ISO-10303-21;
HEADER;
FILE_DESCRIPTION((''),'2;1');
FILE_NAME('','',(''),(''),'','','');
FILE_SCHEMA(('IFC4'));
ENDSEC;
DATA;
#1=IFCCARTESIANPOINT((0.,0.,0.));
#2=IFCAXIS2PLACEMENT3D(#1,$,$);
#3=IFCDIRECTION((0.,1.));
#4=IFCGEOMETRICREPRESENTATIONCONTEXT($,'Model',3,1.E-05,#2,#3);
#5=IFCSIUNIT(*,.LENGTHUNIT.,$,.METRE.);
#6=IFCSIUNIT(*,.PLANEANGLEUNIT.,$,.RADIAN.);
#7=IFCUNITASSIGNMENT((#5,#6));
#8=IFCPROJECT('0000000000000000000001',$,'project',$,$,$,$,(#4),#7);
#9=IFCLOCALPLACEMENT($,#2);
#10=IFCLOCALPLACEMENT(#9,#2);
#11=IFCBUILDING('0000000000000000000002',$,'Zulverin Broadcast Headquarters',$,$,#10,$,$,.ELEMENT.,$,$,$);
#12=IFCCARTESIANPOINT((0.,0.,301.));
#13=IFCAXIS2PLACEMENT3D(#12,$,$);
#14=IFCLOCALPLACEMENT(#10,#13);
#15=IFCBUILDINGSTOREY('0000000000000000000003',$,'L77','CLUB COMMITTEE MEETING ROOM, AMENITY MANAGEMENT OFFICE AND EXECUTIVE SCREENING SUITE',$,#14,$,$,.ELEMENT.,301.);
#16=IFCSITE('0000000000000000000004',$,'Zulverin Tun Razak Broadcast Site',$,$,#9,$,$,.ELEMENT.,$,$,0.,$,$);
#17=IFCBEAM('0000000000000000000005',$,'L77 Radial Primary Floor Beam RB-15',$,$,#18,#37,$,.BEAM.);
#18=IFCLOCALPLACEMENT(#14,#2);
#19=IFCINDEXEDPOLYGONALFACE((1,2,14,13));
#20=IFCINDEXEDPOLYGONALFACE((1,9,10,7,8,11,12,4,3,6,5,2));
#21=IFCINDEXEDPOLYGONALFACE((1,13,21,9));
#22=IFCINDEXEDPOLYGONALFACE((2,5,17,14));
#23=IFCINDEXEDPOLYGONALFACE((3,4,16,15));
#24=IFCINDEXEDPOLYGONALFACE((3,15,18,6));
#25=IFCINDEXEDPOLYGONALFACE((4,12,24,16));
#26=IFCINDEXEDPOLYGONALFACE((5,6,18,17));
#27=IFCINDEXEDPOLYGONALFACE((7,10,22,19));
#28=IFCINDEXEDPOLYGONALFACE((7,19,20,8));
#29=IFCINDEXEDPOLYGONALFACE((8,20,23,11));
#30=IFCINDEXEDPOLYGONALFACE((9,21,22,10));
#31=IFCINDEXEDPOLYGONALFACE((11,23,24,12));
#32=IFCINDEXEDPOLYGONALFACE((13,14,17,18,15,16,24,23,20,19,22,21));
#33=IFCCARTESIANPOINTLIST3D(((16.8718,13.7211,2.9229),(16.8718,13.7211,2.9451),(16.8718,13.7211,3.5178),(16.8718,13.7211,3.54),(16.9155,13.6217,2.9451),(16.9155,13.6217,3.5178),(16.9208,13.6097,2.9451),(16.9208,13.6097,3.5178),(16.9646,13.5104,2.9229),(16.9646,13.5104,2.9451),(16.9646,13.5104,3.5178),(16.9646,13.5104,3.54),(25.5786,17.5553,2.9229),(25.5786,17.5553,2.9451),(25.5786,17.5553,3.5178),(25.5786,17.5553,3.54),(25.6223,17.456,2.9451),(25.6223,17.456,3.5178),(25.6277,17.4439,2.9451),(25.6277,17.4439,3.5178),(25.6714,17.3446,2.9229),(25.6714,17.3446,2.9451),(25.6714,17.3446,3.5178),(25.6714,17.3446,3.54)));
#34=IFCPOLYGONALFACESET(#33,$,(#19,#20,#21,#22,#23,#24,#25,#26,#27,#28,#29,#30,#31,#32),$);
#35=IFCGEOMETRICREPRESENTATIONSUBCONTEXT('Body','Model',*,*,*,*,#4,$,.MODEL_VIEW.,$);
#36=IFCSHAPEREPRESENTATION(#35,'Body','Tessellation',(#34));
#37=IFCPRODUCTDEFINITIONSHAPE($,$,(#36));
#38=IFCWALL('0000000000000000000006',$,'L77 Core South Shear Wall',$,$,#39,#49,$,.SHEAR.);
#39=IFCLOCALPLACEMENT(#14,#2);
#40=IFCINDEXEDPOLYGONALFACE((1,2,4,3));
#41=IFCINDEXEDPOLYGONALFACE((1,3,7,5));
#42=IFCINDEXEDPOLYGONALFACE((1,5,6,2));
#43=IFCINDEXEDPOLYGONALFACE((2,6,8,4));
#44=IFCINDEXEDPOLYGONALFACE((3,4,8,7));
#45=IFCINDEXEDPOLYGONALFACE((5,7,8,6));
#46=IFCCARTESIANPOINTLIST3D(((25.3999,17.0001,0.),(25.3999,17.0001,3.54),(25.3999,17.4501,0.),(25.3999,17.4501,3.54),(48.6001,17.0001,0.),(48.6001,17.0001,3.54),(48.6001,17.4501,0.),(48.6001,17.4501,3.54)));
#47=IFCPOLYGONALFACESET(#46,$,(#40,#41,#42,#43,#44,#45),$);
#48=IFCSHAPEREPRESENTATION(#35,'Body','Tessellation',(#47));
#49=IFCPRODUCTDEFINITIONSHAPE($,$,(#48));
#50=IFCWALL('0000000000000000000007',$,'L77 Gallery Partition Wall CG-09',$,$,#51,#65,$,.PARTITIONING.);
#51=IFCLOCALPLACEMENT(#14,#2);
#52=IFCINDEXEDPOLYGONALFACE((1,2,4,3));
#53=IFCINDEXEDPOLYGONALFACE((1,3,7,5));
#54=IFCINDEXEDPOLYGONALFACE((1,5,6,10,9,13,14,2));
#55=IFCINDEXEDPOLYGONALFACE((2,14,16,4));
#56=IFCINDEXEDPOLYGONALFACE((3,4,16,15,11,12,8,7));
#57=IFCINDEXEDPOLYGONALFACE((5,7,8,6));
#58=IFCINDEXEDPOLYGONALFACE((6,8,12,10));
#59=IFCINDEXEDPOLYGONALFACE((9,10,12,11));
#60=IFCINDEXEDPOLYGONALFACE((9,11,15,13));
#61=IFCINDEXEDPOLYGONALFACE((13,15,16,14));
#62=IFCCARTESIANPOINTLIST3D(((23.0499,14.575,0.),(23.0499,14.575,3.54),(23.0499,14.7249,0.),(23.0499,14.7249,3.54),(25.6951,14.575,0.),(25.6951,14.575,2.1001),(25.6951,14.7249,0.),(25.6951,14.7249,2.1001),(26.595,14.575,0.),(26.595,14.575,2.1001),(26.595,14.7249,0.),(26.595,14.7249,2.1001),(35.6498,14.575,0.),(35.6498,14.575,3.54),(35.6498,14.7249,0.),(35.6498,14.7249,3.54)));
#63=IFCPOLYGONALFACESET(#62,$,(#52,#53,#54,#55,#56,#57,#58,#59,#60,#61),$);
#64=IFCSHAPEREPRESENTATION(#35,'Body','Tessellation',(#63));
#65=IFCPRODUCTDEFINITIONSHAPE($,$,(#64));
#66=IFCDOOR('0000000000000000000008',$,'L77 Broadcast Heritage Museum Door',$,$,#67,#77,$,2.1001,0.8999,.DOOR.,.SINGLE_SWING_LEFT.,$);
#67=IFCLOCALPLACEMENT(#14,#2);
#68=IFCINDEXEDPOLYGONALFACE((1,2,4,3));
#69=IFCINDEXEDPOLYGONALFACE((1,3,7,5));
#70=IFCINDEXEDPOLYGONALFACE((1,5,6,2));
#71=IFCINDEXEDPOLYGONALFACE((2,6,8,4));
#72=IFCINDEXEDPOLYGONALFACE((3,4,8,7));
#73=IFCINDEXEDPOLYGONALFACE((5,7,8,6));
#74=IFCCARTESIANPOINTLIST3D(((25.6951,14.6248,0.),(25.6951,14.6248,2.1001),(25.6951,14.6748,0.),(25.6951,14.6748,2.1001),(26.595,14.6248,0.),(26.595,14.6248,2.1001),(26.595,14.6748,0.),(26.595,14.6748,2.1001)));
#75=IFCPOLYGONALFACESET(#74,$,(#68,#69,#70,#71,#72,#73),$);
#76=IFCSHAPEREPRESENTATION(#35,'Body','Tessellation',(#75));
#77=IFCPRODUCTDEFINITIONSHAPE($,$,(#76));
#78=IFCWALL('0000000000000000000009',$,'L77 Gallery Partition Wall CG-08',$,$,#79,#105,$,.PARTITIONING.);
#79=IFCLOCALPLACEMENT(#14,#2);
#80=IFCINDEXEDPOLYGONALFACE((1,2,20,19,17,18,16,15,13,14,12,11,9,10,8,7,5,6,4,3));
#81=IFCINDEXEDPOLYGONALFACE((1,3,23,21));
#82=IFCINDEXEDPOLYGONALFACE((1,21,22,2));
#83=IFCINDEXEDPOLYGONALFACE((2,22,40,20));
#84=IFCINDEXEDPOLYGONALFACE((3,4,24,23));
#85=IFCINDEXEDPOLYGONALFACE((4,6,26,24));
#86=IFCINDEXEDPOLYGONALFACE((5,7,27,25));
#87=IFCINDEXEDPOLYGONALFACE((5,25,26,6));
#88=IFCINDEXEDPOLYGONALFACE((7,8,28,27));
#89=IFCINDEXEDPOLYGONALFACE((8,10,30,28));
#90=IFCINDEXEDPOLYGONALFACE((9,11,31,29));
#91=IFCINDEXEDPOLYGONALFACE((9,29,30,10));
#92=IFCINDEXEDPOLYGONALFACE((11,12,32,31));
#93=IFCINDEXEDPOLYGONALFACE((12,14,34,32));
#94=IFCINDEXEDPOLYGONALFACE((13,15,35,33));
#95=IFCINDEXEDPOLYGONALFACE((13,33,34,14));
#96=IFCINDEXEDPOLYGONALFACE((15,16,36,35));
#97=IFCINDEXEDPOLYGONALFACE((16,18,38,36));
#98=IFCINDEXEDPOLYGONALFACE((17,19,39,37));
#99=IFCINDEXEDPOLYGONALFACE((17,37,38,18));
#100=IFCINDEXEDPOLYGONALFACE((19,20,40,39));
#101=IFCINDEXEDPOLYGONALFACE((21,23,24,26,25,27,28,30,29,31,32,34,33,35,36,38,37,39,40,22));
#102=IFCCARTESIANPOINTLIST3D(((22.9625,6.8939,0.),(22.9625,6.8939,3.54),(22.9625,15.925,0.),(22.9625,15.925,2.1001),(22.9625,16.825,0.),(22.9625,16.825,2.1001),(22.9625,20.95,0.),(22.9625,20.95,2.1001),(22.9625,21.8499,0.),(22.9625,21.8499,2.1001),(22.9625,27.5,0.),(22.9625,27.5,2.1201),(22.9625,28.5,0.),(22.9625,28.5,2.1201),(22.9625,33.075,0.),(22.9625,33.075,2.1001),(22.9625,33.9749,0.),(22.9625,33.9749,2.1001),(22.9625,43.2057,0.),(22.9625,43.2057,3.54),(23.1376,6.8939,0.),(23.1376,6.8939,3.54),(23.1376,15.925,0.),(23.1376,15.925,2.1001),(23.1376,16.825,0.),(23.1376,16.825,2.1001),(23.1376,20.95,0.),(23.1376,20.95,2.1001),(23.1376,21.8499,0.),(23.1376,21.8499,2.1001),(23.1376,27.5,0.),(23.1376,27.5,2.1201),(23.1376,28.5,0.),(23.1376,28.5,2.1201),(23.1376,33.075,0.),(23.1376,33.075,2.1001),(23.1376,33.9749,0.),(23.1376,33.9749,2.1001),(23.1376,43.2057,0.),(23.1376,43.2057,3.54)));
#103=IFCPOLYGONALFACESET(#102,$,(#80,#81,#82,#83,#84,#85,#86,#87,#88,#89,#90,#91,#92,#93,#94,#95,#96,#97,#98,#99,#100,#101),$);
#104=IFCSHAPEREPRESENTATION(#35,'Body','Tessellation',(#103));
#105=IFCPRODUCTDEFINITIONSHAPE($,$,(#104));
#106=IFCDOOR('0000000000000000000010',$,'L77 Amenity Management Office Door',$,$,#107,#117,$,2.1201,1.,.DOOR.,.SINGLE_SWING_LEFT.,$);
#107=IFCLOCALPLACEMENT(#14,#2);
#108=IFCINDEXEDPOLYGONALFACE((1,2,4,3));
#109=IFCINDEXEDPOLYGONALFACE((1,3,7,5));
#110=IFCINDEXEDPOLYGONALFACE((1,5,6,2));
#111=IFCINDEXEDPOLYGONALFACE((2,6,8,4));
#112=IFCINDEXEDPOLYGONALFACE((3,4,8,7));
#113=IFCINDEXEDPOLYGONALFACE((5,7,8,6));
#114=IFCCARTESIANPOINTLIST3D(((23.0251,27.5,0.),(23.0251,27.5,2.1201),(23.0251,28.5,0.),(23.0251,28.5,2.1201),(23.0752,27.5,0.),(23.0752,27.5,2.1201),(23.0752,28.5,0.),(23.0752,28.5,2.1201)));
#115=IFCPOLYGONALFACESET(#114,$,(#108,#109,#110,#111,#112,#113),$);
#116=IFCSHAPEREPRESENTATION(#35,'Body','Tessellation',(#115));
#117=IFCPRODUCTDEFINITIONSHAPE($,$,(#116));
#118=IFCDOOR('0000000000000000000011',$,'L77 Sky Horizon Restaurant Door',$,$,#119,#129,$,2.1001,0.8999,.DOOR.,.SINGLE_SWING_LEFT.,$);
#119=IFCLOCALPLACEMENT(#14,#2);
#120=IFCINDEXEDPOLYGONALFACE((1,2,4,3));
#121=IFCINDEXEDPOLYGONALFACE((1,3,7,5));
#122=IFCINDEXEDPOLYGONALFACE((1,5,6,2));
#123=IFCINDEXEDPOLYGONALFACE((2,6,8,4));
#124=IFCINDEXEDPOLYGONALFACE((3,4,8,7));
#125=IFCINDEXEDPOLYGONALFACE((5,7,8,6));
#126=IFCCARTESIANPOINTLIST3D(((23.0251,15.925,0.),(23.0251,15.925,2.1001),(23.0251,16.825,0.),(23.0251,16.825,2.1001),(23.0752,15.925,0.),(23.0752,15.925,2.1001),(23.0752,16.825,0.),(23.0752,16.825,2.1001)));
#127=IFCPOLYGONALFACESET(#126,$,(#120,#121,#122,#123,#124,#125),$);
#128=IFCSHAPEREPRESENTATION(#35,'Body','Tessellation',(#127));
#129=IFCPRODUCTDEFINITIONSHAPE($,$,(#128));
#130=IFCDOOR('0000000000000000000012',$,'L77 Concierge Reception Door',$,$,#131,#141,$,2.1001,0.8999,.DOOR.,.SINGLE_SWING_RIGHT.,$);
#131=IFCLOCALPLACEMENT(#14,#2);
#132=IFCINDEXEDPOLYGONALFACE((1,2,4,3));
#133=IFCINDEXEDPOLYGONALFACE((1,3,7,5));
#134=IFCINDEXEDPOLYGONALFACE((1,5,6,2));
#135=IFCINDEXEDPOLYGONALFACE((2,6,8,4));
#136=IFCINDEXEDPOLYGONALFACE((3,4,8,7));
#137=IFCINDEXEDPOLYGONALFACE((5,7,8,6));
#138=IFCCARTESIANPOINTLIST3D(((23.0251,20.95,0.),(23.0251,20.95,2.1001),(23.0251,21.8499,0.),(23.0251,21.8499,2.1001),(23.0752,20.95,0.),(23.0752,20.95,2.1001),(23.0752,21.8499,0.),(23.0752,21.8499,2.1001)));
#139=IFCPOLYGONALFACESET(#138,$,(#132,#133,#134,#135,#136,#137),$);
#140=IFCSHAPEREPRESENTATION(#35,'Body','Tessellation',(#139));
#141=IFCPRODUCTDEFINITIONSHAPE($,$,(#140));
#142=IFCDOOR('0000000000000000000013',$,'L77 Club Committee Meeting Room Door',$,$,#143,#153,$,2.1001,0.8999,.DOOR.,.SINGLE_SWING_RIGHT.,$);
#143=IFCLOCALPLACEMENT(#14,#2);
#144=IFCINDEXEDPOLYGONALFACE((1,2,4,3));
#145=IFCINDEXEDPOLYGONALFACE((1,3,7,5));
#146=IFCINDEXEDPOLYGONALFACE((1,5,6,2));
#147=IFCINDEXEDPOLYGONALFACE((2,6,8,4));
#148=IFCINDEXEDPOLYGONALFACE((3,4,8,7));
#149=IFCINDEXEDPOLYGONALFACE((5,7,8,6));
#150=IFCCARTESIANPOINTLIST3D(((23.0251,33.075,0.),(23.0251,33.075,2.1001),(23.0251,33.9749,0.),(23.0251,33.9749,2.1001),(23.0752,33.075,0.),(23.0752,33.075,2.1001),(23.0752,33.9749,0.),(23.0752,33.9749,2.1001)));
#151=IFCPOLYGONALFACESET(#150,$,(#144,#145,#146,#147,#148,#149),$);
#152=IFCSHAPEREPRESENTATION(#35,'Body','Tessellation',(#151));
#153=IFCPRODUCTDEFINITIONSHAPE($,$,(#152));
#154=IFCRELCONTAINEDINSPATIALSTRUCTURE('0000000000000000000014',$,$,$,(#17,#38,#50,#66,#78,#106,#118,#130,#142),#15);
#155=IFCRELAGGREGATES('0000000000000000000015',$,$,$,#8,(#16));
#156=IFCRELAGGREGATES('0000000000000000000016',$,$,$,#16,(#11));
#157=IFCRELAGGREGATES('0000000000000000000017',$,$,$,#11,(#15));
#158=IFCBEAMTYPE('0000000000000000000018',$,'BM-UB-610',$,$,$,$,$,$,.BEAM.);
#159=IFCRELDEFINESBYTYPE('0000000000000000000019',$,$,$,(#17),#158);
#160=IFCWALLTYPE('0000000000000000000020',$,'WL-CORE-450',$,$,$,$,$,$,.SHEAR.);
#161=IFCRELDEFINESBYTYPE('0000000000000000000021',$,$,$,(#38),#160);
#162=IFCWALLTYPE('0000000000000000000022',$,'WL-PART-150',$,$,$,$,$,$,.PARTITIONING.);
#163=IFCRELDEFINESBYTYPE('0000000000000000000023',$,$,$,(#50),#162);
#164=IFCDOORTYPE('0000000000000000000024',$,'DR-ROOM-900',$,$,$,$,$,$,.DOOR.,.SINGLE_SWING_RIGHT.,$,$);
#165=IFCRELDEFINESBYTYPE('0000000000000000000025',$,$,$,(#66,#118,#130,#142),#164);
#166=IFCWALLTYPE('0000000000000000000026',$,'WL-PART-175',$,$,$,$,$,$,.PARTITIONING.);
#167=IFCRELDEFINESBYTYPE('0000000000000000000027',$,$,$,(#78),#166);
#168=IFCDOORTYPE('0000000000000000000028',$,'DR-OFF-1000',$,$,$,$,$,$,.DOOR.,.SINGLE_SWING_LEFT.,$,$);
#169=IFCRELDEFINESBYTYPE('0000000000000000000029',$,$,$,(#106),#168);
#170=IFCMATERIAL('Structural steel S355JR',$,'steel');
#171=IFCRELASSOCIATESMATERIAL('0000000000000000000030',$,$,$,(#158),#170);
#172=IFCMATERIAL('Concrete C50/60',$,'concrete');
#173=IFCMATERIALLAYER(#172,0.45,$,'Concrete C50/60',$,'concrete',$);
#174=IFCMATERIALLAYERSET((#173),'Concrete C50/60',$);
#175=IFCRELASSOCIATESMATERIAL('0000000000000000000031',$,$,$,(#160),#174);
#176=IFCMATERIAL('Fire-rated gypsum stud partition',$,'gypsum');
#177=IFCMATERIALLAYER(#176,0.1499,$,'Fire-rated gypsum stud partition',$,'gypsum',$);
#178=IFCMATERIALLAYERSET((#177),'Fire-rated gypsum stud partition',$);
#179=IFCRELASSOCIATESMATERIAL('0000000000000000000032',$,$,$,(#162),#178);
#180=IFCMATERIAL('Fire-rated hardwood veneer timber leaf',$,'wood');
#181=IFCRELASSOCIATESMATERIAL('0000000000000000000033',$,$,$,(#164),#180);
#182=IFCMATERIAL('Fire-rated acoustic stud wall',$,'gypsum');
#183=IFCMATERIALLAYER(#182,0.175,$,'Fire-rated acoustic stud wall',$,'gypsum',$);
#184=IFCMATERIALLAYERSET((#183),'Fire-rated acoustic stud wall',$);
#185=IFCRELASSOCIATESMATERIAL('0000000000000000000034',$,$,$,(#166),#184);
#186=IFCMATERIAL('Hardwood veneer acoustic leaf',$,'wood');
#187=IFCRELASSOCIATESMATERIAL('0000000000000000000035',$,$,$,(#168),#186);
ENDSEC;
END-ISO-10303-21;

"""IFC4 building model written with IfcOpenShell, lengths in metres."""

from ifc_helpers import new_model, si_unit, direction, frame, frame_2d, origin, origin_2d, place, context, subcontext, project, spatial, rectangle, i_section, extrude, material, layer, layer_set, material_profile, profile_set, type_object, element, fill, save


model = new_model("IFC4")

# Units and contexts
model_context = context("Model", 3, precision=1e-05, world=origin(), true_north=direction((0.0, 1.0)))
body_context = subcontext(model_context, "Body", "Model", "MODEL_VIEW")
ifc_project = project(units=[si_unit("LENGTHUNIT", "METRE"), si_unit("PLANEANGLEUNIT", "RADIAN")], contexts=[model_context])

# Site, building, storey
site_placement = place(None, origin())
site = spatial("IfcSite", under=ifc_project, at=site_placement, Name="Zulverin Tun Razak Broadcast Site", CompositionType="ELEMENT", RefElevation=0.0)
building_placement = place(site_placement, origin())
building = spatial("IfcBuilding", under=site, at=building_placement, Name="Zulverin Broadcast Headquarters", CompositionType="ELEMENT")
storey_placement = place(building_placement, frame((0.0, 0.0, 301.0)))
storey = spatial("IfcBuildingStorey", under=building, at=storey_placement, Name="L77", Description="CLUB COMMITTEE MEETING ROOM, AMENITY MANAGEMENT OFFICE AND EXECUTIVE SCREENING SUITE", CompositionType="ELEMENT", Elevation=301.0)

# Shared definitions
ifc_material_1 = material(Name="Concrete C50/60", Category="concrete")

# Beam
ifc_material_2 = material(Name="Structural steel S355JR", Category="steel")
ifc_material_profile_1 = material_profile(ifc_material_2, i_section(OverallWidth=0.2302, OverallDepth=0.6172, WebThickness=0.0132, FlangeThickness=0.0222, at=origin_2d()), Name="Structural steel S355JR", Category="steel")
ifc_profile_set_1 = profile_set([ifc_material_profile_1], Name="Structural steel S355JR")
beam_type_1 = type_object("IfcBeamType", Name="BM-UB-610", PredefinedType="BEAM", material=ifc_profile_set_1)
beam_1_placement = place(storey_placement, frame((25.625, 17.45, 3.2314), z_axis=(-0.915189, -0.403024, 0.0), x_axis=(0.403024, -0.915189, 0.0)))
element("IfcBeam", 1, at=beam_1_placement, inside=storey, type_object=beam_type_1, Name="L77 Radial Primary Floor Beam RB-15", PredefinedType="BEAM", context=body_context, shape_type="SweptSolid", body=[
    extrude(i_section(OverallWidth=0.2302, OverallDepth=0.6172, WebThickness=0.0132, FlangeThickness=0.0222, at=origin_2d()), origin(), (0.0, 0.0, 1.0), 9.5137),
])

# Wall
ifc_layer_1 = layer(ifc_material_1, 0.45, Name="Concrete C50/60", Category="concrete")
ifc_layer_set_1 = layer_set([ifc_layer_1], Name="Concrete C50/60")
wall_type_1 = type_object("IfcWallType", Name="WL-CORE-450", PredefinedType="SHEAR", material=ifc_layer_set_1)
wall_1_placement = place(storey_placement, frame((25.3999, 17.2251, 0.0), z_axis=(0.0, 0.0, 1.0), x_axis=(1.0, 0.0, 0.0)))
element("IfcWall", 2, at=wall_1_placement, inside=storey, type_object=wall_type_1, Name="L77 Core South Shear Wall", PredefinedType="SHEAR", context=body_context, shape_type="SweptSolid", body=[
    extrude(rectangle(XDim=23.2002, YDim=0.45, at=frame_2d((11.6001, 0.0))), origin(), (0.0, 0.0, 1.0), 3.54),
])

# Wall, opening, door
ifc_material_3 = material(Name="Fire-rated gypsum stud partition", Category="gypsum")
ifc_layer_2 = layer(ifc_material_3, 0.1499, Name="Fire-rated gypsum stud partition", Category="gypsum")
ifc_layer_set_2 = layer_set([ifc_layer_2], Name="Fire-rated gypsum stud partition")
wall_type_2 = type_object("IfcWallType", Name="WL-PART-150", PredefinedType="PARTITIONING", material=ifc_layer_set_2)
wall_2_placement = place(storey_placement, frame((23.05, 14.6499, 0.0), z_axis=(0.0, 0.0, 1.0), x_axis=(1.0, 0.0, 0.0)))
wall_2 = element("IfcWall", 3, at=wall_2_placement, inside=storey, type_object=wall_type_2, Name="L77 Gallery Partition Wall CG-09", PredefinedType="PARTITIONING", context=body_context, shape_type="SweptSolid", body=[
    extrude(rectangle(XDim=12.5999, YDim=0.1499, at=frame_2d((6.2998, 0.0))), origin(), (0.0, 0.0, 1.0), 3.54),
])
opening_1_placement = place(wall_2_placement, frame((2.645, 0.0, 0.0)))
opening_1 = element("IfcOpeningElement", 4, at=opening_1_placement, cuts=wall_2, PredefinedType="OPENING", context=body_context, shape_type="SweptSolid", body=[
    extrude(rectangle(XDim=0.8999, YDim=2.1001, at=frame_2d((0.45, 1.05))), frame((0.0, 0.085, 0.0), z_axis=(0.0, -1.0, 0.0), x_axis=(1.0, 0.0, 0.0)), (0.0, 0.0, 1.0), 0.1699),
])
ifc_material_4 = material(Name="Fire-rated hardwood veneer timber leaf", Category="wood")
door_type_1 = type_object("IfcDoorType", Name="DR-ROOM-900", OperationType="SINGLE_SWING_RIGHT", PredefinedType="DOOR", material=ifc_material_4)
door_1_placement = place(opening_1_placement, origin())
door_1 = element("IfcDoor", 5, at=door_1_placement, inside=storey, type_object=door_type_1, Name="L77 Broadcast Heritage Museum Door", OperationType="SINGLE_SWING_LEFT", OverallHeight=2.1001, OverallWidth=0.8999, PredefinedType="DOOR", context=body_context, shape_type="SweptSolid", body=[
    extrude(rectangle(XDim=0.8999, YDim=2.1001, at=frame_2d((0.45, 1.05))), frame((0.0, 0.0249, 0.0), z_axis=(0.0, -1.0, 0.0), x_axis=(1.0, 0.0, 0.0)), (0.0, 0.0, 1.0), 0.05),
])
fill(opening_1, door_1)

# Wall, openings, doors
ifc_material_5 = material(Name="Fire-rated acoustic stud wall", Category="gypsum")
ifc_layer_3 = layer(ifc_material_5, 0.175, Name="Fire-rated acoustic stud wall", Category="gypsum")
ifc_layer_set_3 = layer_set([ifc_layer_3], Name="Fire-rated acoustic stud wall")
wall_type_3 = type_object("IfcWallType", Name="WL-PART-175", PredefinedType="PARTITIONING", material=ifc_layer_set_3)
wall_3_placement = place(storey_placement, frame((23.05, 6.894, 0.0), z_axis=(0.0, 0.0, 1.0), x_axis=(0.0, 1.0, 0.0)))
wall_3 = element("IfcWall", 6, at=wall_3_placement, inside=storey, type_object=wall_type_3, Name="L77 Gallery Partition Wall CG-08", PredefinedType="PARTITIONING", context=body_context, shape_type="SweptSolid", body=[
    extrude(rectangle(XDim=36.3118, YDim=0.175, at=frame_2d((18.1558, 0.0))), origin(), (0.0, 0.0, 1.0), 3.54),
])
opening_2_placement = place(wall_3_placement, frame((9.031, 0.0, 0.0)))
opening_2 = element("IfcOpeningElement", 7, at=opening_2_placement, cuts=wall_3, PredefinedType="OPENING", context=body_context, shape_type="SweptSolid", body=[
    extrude(rectangle(XDim=0.8999, YDim=2.1001, at=frame_2d((0.45, 1.05))), frame((0.0, 0.0974, 0.0), z_axis=(0.0, -1.0, 0.0), x_axis=(1.0, 0.0, 0.0)), (0.0, 0.0, 1.0), 0.1951),
])
opening_3_placement = place(wall_3_placement, frame((14.0559, 0.0, 0.0)))
opening_3 = element("IfcOpeningElement", 8, at=opening_3_placement, cuts=wall_3, PredefinedType="OPENING", context=body_context, shape_type="SweptSolid", body=[
    extrude(rectangle(XDim=0.8999, YDim=2.1001, at=frame_2d((0.45, 1.05))), frame((0.0, 0.0974, 0.0), z_axis=(0.0, -1.0, 0.0), x_axis=(1.0, 0.0, 0.0)), (0.0, 0.0, 1.0), 0.1951),
])
opening_4_placement = place(wall_3_placement, frame((20.606, 0.0, 0.0)))
opening_4 = element("IfcOpeningElement", 9, at=opening_4_placement, cuts=wall_3, PredefinedType="OPENING", context=body_context, shape_type="SweptSolid", body=[
    extrude(rectangle(XDim=1.0, YDim=2.1201, at=frame_2d((0.5, 1.0601))), frame((0.0, 0.0974, 0.0), z_axis=(0.0, -1.0, 0.0), x_axis=(1.0, 0.0, 0.0)), (0.0, 0.0, 1.0), 0.1951),
])
opening_5_placement = place(wall_3_placement, frame((26.1809, 0.0, 0.0)))
opening_5 = element("IfcOpeningElement", 10, at=opening_5_placement, cuts=wall_3, PredefinedType="OPENING", context=body_context, shape_type="SweptSolid", body=[
    extrude(rectangle(XDim=0.8999, YDim=2.1001, at=frame_2d((0.45, 1.05))), frame((0.0, 0.0974, 0.0), z_axis=(0.0, -1.0, 0.0), x_axis=(1.0, 0.0, 0.0)), (0.0, 0.0, 1.0), 0.1951),
])
ifc_material_6 = material(Name="Hardwood veneer acoustic leaf", Category="wood")
door_type_2 = type_object("IfcDoorType", Name="DR-OFF-1000", OperationType="SINGLE_SWING_LEFT", PredefinedType="DOOR", material=ifc_material_6)
door_2_placement = place(opening_4_placement, origin())
door_2 = element("IfcDoor", 11, at=door_2_placement, inside=storey, type_object=door_type_2, Name="L77 Amenity Management Office Door", OperationType="SINGLE_SWING_LEFT", OverallHeight=2.1201, OverallWidth=1.0, PredefinedType="DOOR", context=body_context, shape_type="SweptSolid", body=[
    extrude(rectangle(XDim=1.0, YDim=2.1201, at=frame_2d((0.5, 1.0601))), frame((0.0, 0.0249, 0.0), z_axis=(0.0, -1.0, 0.0), x_axis=(1.0, 0.0, 0.0)), (0.0, 0.0, 1.0), 0.05),
])
fill(opening_4, door_2)
door_3_placement = place(opening_2_placement, origin())
door_3 = element("IfcDoor", 12, at=door_3_placement, inside=storey, type_object=door_type_1, Name="L77 Sky Horizon Restaurant Door", OperationType="SINGLE_SWING_LEFT", OverallHeight=2.1001, OverallWidth=0.8999, PredefinedType="DOOR", context=body_context, shape_type="SweptSolid", body=[
    extrude(rectangle(XDim=0.8999, YDim=2.1001, at=frame_2d((0.45, 1.05))), frame((0.0, 0.0249, 0.0), z_axis=(0.0, -1.0, 0.0), x_axis=(1.0, 0.0, 0.0)), (0.0, 0.0, 1.0), 0.05),
])
fill(opening_2, door_3)
door_4_placement = place(opening_3_placement, origin())
door_4 = element("IfcDoor", 13, at=door_4_placement, inside=storey, type_object=door_type_1, Name="L77 Concierge Reception Door", OperationType="SINGLE_SWING_RIGHT", OverallHeight=2.1001, OverallWidth=0.8999, PredefinedType="DOOR", context=body_context, shape_type="SweptSolid", body=[
    extrude(rectangle(XDim=0.8999, YDim=2.1001, at=frame_2d((0.45, 1.05))), frame((0.0, 0.0249, 0.0), z_axis=(0.0, -1.0, 0.0), x_axis=(1.0, 0.0, 0.0)), (0.0, 0.0, 1.0), 0.05),
])
fill(opening_3, door_4)
door_5_placement = place(opening_5_placement, origin())
door_5 = element("IfcDoor", 14, at=door_5_placement, inside=storey, type_object=door_type_1, Name="L77 Club Committee Meeting Room Door", OperationType="SINGLE_SWING_RIGHT", OverallHeight=2.1001, OverallWidth=0.8999, PredefinedType="DOOR", context=body_context, shape_type="SweptSolid", body=[
    extrude(rectangle(XDim=0.8999, YDim=2.1001, at=frame_2d((0.45, 1.05))), frame((0.0, 0.0249, 0.0), z_axis=(0.0, -1.0, 0.0), x_axis=(1.0, 0.0, 0.0)), (0.0, 0.0, 1.0), 0.05),
])
fill(opening_5, door_5)

save(model, "model.ifc")
